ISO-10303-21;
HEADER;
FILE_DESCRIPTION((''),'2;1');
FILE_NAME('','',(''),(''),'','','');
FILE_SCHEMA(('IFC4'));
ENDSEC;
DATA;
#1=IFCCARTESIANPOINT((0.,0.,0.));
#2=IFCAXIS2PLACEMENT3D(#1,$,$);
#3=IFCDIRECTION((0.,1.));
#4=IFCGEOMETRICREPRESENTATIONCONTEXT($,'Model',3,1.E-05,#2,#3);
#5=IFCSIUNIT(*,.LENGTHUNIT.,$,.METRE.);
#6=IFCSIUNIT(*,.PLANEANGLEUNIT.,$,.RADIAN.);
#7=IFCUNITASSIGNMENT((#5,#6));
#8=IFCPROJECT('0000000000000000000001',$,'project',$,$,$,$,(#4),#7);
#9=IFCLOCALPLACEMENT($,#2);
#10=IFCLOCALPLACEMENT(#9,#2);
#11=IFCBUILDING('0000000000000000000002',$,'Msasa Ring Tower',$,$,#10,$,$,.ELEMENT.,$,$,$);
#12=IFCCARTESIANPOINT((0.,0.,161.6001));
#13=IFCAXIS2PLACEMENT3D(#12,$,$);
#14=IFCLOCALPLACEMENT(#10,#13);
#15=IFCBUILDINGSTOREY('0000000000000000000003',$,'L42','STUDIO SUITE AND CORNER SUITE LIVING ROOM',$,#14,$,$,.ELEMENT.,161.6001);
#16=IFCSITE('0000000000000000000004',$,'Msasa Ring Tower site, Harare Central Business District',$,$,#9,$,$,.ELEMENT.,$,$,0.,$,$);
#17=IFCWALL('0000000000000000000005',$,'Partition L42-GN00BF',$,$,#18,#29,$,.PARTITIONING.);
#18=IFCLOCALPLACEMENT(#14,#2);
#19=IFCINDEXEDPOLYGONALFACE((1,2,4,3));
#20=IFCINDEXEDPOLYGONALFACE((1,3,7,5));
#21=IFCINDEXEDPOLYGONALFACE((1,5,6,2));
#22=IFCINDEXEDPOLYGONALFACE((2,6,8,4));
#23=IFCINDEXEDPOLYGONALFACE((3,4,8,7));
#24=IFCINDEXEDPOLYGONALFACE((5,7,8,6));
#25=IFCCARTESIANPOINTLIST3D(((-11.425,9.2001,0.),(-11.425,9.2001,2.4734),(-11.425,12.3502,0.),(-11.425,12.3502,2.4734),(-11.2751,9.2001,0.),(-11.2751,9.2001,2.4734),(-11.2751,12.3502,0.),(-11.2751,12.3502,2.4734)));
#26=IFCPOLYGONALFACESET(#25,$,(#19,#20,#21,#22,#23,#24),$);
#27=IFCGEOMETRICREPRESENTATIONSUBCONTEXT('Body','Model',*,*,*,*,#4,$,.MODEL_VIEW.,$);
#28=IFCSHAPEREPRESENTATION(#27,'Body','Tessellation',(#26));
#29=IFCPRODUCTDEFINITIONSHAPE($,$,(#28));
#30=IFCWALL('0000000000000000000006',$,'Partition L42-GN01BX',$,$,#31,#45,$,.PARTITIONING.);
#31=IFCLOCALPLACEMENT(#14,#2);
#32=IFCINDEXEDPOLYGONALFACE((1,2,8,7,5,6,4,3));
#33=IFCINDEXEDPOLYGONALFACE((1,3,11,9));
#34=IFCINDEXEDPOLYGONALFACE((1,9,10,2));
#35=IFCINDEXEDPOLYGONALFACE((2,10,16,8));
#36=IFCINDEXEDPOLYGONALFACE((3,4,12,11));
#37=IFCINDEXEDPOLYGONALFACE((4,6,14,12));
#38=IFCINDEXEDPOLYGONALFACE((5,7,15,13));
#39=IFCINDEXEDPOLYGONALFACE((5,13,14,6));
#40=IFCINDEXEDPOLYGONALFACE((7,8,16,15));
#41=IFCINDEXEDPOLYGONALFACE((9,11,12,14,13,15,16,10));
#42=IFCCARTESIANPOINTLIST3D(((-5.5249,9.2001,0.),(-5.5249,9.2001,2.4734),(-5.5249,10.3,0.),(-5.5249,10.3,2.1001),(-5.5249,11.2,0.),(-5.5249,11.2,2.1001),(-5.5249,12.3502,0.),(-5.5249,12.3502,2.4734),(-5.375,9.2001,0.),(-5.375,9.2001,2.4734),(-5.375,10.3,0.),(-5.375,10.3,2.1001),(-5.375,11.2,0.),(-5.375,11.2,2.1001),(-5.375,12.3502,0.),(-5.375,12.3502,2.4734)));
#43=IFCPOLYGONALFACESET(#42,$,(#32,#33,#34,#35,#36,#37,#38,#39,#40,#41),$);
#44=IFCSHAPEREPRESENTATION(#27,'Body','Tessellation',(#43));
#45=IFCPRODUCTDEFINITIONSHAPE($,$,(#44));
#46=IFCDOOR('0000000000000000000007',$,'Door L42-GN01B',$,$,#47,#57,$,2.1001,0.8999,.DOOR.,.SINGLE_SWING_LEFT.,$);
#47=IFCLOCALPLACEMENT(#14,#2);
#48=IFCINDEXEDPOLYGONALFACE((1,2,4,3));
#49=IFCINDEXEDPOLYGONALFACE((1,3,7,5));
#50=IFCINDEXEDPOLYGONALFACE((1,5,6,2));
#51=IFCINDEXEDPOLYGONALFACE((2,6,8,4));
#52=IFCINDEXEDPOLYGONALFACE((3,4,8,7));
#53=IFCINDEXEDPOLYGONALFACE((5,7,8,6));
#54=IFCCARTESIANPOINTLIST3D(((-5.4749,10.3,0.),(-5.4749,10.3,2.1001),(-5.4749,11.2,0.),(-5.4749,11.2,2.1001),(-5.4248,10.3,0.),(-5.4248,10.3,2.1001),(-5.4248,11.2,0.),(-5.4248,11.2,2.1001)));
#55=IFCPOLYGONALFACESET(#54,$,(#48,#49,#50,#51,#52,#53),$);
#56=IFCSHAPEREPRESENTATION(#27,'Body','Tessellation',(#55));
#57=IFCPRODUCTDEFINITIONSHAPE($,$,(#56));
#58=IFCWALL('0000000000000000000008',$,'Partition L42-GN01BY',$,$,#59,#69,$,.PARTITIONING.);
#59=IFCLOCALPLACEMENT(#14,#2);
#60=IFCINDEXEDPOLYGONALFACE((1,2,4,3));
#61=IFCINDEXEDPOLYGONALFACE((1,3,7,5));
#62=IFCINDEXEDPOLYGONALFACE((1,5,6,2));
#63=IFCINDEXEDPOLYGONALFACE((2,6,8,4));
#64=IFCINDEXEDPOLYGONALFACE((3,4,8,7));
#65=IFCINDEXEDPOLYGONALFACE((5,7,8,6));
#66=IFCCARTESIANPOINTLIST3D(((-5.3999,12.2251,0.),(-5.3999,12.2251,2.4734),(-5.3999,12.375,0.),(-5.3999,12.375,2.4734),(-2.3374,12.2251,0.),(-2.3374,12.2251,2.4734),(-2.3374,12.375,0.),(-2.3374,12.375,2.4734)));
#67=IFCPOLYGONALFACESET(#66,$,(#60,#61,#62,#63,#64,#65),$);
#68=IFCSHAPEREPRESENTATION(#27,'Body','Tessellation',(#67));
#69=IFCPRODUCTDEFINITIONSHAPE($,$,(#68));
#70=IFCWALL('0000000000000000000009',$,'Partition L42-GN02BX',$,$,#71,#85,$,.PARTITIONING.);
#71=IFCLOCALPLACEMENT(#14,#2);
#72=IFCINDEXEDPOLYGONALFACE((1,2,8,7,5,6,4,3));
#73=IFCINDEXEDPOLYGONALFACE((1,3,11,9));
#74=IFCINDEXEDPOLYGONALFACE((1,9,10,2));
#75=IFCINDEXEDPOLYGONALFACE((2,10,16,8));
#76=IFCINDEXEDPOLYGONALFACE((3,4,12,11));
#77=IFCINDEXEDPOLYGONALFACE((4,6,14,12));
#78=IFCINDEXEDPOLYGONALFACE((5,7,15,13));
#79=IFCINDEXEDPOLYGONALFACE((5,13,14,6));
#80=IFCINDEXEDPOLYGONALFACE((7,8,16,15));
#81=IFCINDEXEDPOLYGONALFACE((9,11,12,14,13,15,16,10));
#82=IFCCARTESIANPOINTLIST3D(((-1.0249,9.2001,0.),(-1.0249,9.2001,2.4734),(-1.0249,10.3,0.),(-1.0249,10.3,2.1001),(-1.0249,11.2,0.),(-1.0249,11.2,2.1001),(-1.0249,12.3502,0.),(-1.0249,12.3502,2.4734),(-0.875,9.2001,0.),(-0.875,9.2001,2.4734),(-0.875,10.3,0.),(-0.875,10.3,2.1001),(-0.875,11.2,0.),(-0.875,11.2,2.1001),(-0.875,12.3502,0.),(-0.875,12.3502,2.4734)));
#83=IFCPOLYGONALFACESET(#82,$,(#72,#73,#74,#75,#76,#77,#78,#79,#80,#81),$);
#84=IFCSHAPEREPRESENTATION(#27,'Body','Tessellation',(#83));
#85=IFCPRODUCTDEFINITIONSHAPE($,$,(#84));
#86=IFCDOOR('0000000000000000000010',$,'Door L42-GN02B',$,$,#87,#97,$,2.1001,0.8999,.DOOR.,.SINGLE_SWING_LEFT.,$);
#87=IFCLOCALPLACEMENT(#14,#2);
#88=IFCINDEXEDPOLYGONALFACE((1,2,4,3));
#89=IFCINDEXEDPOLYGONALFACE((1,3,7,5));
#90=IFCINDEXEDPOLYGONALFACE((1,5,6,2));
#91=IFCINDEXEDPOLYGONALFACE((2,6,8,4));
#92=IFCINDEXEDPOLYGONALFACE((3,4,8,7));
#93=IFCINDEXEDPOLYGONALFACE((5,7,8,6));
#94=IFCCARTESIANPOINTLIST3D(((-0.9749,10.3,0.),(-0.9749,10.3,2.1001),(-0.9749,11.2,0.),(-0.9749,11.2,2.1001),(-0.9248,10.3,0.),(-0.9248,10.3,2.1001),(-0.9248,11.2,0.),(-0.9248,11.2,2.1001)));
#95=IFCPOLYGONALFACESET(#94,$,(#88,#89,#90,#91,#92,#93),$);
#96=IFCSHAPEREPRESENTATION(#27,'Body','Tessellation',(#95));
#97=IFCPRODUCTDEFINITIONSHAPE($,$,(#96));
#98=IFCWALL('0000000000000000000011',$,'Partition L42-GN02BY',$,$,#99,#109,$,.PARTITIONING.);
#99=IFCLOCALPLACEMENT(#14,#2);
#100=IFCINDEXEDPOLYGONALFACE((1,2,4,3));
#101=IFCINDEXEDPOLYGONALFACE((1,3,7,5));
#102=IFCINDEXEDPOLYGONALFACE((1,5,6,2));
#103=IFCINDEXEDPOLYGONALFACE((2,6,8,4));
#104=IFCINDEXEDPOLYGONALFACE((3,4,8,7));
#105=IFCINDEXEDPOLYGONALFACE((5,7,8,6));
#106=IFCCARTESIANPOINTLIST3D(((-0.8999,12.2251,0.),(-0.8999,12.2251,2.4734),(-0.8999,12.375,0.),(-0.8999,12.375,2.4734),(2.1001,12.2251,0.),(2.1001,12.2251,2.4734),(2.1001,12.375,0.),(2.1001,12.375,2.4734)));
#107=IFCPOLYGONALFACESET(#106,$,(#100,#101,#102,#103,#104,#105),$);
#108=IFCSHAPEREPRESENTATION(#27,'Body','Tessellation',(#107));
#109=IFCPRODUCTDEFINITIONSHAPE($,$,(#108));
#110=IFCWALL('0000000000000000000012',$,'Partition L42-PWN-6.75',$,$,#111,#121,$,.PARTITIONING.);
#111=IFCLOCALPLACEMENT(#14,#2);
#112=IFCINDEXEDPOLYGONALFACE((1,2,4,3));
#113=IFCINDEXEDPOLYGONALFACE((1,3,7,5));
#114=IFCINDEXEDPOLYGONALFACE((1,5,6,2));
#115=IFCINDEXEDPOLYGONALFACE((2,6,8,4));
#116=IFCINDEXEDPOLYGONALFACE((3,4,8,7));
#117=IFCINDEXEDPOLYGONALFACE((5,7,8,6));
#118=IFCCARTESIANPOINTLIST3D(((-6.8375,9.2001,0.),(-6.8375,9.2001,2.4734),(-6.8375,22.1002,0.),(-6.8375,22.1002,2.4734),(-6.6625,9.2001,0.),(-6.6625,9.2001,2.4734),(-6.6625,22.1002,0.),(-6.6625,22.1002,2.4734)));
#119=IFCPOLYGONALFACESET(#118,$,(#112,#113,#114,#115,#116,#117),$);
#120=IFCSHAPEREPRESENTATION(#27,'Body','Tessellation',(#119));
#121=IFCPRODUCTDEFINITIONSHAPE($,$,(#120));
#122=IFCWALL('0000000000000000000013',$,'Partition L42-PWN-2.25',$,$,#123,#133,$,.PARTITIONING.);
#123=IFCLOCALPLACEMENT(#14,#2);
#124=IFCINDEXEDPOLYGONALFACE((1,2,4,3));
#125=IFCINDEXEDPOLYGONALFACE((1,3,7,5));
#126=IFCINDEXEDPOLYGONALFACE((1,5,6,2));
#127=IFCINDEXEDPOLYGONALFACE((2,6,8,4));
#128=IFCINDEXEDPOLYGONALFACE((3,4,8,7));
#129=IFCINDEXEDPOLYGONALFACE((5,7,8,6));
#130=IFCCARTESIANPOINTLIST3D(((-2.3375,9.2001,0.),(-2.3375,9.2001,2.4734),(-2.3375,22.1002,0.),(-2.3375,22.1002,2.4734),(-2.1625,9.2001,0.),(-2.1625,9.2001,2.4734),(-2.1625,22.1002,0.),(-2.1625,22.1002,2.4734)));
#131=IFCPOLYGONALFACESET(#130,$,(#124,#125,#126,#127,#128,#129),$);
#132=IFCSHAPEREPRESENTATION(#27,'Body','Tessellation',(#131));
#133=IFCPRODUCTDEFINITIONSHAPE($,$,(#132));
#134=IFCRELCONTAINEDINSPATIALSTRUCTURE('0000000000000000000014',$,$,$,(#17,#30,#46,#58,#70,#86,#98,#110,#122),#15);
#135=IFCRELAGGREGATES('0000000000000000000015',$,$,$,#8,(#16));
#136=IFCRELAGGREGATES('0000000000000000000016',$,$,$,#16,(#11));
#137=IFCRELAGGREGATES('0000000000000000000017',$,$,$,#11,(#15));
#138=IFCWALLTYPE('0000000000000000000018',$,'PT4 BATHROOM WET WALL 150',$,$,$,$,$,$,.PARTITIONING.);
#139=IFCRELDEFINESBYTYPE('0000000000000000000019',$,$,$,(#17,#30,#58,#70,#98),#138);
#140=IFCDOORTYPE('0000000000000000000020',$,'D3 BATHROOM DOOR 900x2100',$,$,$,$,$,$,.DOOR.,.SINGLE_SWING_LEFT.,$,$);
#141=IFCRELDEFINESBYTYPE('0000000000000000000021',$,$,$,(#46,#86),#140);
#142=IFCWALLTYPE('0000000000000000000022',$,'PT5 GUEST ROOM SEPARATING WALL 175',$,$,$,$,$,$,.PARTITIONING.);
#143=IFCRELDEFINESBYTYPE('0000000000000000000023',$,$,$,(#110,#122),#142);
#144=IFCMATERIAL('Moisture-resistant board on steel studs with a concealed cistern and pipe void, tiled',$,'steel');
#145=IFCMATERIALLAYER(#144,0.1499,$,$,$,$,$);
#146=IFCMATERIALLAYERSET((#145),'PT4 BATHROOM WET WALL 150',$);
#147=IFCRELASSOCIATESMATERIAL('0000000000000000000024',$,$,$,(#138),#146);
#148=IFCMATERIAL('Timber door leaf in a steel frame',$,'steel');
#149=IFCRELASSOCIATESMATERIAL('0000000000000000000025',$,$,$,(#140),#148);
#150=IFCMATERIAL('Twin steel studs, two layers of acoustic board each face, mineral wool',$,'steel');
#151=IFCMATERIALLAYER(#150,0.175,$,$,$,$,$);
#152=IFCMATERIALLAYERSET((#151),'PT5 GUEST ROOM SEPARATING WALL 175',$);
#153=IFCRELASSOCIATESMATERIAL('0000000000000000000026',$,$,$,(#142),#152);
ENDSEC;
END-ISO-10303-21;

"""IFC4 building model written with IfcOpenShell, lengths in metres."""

from ifc_helpers import new_model, si_unit, direction, frame, frame_2d, origin, place, context, subcontext, project, spatial, rectangle, extrude, material, layer, layer_set, type_object, element, fill, save


model = new_model("IFC4")

# Units and contexts
model_context = context("Model", 3, precision=1e-05, world=origin(), true_north=direction((0.0, 1.0)))
body_context = subcontext(model_context, "Body", "Model", "MODEL_VIEW")
ifc_project = project(units=[si_unit("LENGTHUNIT", "METRE"), si_unit("PLANEANGLEUNIT", "RADIAN")], contexts=[model_context])

# Site, building, storey
site_placement = place(None, origin())
site = spatial("IfcSite", under=ifc_project, at=site_placement, Name="Msasa Ring Tower site, Harare Central Business District", CompositionType="ELEMENT", RefElevation=0.0)
building_placement = place(site_placement, origin())
building = spatial("IfcBuilding", under=site, at=building_placement, Name="Msasa Ring Tower", CompositionType="ELEMENT")
storey_placement = place(building_placement, frame((0.0, 0.0, 161.6001)))
storey = spatial("IfcBuildingStorey", under=building, at=storey_placement, Name="L42", Description="STUDIO SUITE AND CORNER SUITE LIVING ROOM", CompositionType="ELEMENT", Elevation=161.6001)

# Wall
ifc_material_1 = material(Name="Moisture-resistant board on steel studs with a concealed cistern and pipe void, tiled", Category="steel")
ifc_layer_1 = layer(ifc_material_1, 0.1499)
ifc_layer_set_1 = layer_set([ifc_layer_1], Name="PT4 BATHROOM WET WALL 150")
wall_type_1 = type_object("IfcWallType", Name="PT4 BATHROOM WET WALL 150", PredefinedType="PARTITIONING", material=ifc_layer_set_1)
wall_1_placement = place(storey_placement, frame((-11.3501, 9.2, 0.0), z_axis=(0.0, 0.0, 1.0), x_axis=(0.0, 1.0, 0.0)))
element("IfcWall", 1, at=wall_1_placement, inside=storey, type_object=wall_type_1, Name="Partition L42-GN00BF", PredefinedType="PARTITIONING", context=body_context, shape_type="SweptSolid", body=[
    extrude(rectangle(XDim=3.1501, YDim=0.1499, at=frame_2d((1.5752, 0.0))), origin(), (0.0, 0.0, 1.0), 2.4734),
])

# Wall, opening, door
wall_2_placement = place(storey_placement, frame((-5.45, 9.2, 0.0), z_axis=(0.0, 0.0, 1.0), x_axis=(0.0, 1.0, 0.0)))
wall_2 = element("IfcWall", 2, at=wall_2_placement, inside=storey, type_object=wall_type_1, Name="Partition L42-GN01BX", PredefinedType="PARTITIONING", context=body_context, shape_type="SweptSolid", body=[
    extrude(rectangle(XDim=3.1501, YDim=0.1499, at=frame_2d((1.5752, 0.0))), origin(), (0.0, 0.0, 1.0), 2.4734),
])
opening_1_placement = place(wall_2_placement, frame((1.1001, 0.0, 0.0)))
opening_1 = element("IfcOpeningElement", 3, at=opening_1_placement, cuts=wall_2, PredefinedType="OPENING", context=body_context, shape_type="SweptSolid", body=[
    extrude(rectangle(XDim=0.8999, YDim=2.1001, at=frame_2d((0.45, 1.05))), frame((0.0, 0.085, 0.0), z_axis=(0.0, -1.0, 0.0), x_axis=(1.0, 0.0, 0.0)), (0.0, 0.0, 1.0), 0.1699),
])
ifc_material_2 = material(Name="Timber door leaf in a steel frame", Category="steel")
door_type = type_object("IfcDoorType", Name="D3 BATHROOM DOOR 900x2100", OperationType="SINGLE_SWING_LEFT", PredefinedType="DOOR", material=ifc_material_2)
door_1_placement = place(opening_1_placement, origin())
door_1 = element("IfcDoor", 4, at=door_1_placement, inside=storey, type_object=door_type, Name="Door L42-GN01B", OperationType="SINGLE_SWING_LEFT", OverallHeight=2.1001, OverallWidth=0.8999, PredefinedType="DOOR", context=body_context, shape_type="SweptSolid", body=[
    extrude(rectangle(XDim=0.8999, YDim=2.1001, at=frame_2d((0.45, 1.05))), frame((0.0, 0.0249, 0.0), z_axis=(0.0, -1.0, 0.0), x_axis=(1.0, 0.0, 0.0)), (0.0, 0.0, 1.0), 0.05),
])
fill(opening_1, door_1)

# Wall
wall_3_placement = place(storey_placement, frame((-5.3999, 12.3, 0.0), z_axis=(0.0, 0.0, 1.0), x_axis=(1.0, 0.0, 0.0)))
element("IfcWall", 5, at=wall_3_placement, inside=storey, type_object=wall_type_1, Name="Partition L42-GN01BY", PredefinedType="PARTITIONING", context=body_context, shape_type="SweptSolid", body=[
    extrude(rectangle(XDim=3.0625, YDim=0.1499, at=frame_2d((1.5312, 0.0))), origin(), (0.0, 0.0, 1.0), 2.4734),
])

# Wall, opening, door
wall_4_placement = place(storey_placement, frame((-0.95, 9.2, 0.0), z_axis=(0.0, 0.0, 1.0), x_axis=(0.0, 1.0, 0.0)))
wall_4 = element("IfcWall", 6, at=wall_4_placement, inside=storey, type_object=wall_type_1, Name="Partition L42-GN02BX", PredefinedType="PARTITIONING", context=body_context, shape_type="SweptSolid", body=[
    extrude(rectangle(XDim=3.1501, YDim=0.1499, at=frame_2d((1.5752, 0.0))), origin(), (0.0, 0.0, 1.0), 2.4734),
])
opening_2_placement = place(wall_4_placement, frame((1.1001, 0.0, 0.0)))
opening_2 = element("IfcOpeningElement", 7, at=opening_2_placement, cuts=wall_4, PredefinedType="OPENING", context=body_context, shape_type="SweptSolid", body=[
    extrude(rectangle(XDim=0.8999, YDim=2.1001, at=frame_2d((0.45, 1.05))), frame((0.0, 0.085, 0.0), z_axis=(0.0, -1.0, 0.0), x_axis=(1.0, 0.0, 0.0)), (0.0, 0.0, 1.0), 0.1699),
])
door_2_placement = place(opening_2_placement, origin())
door_2 = element("IfcDoor", 8, at=door_2_placement, inside=storey, type_object=door_type, Name="Door L42-GN02B", OperationType="SINGLE_SWING_LEFT", OverallHeight=2.1001, OverallWidth=0.8999, PredefinedType="DOOR", context=body_context, shape_type="SweptSolid", body=[
    extrude(rectangle(XDim=0.8999, YDim=2.1001, at=frame_2d((0.45, 1.05))), frame((0.0, 0.0249, 0.0), z_axis=(0.0, -1.0, 0.0), x_axis=(1.0, 0.0, 0.0)), (0.0, 0.0, 1.0), 0.05),
])
fill(opening_2, door_2)

# Walls
wall_5_placement = place(storey_placement, frame((-0.8999, 12.3, 0.0), z_axis=(0.0, 0.0, 1.0), x_axis=(1.0, 0.0, 0.0)))
element("IfcWall", 9, at=wall_5_placement, inside=storey, type_object=wall_type_1, Name="Partition L42-GN02BY", PredefinedType="PARTITIONING", context=body_context, shape_type="SweptSolid", body=[
    extrude(rectangle(XDim=3.0, YDim=0.1499, at=frame_2d((1.5, 0.0))), origin(), (0.0, 0.0, 1.0), 2.4734),
])
ifc_material_3 = material(Name="Twin steel studs, two layers of acoustic board each face, mineral wool", Category="steel")
ifc_layer_2 = layer(ifc_material_3, 0.175)
ifc_layer_set_2 = layer_set([ifc_layer_2], Name="PT5 GUEST ROOM SEPARATING WALL 175")
wall_type_2 = type_object("IfcWallType", Name="PT5 GUEST ROOM SEPARATING WALL 175", PredefinedType="PARTITIONING", material=ifc_layer_set_2)
for number, where, z_axis, x_axis, name in (
    (10, (-6.75, 9.2, 0.0), (0.0, 0.0, 1.0), (0.0, 1.0, 0.0), "Partition L42-PWN-6.75"),
    (11, (-2.25, 9.2, 0.0), (0.0, 0.0, 1.0), (0.0, 1.0, 0.0), "Partition L42-PWN-2.25"),
):
    element("IfcWall", number, at=place(storey_placement, frame(where, z_axis=z_axis, x_axis=x_axis)), inside=storey, type_object=wall_type_2, Name=name, PredefinedType="PARTITIONING", context=body_context, shape_type="SweptSolid", body=[
        extrude(rectangle(XDim=12.9001, YDim=0.175, at=frame_2d((6.4502, 0.0))), origin(), (0.0, 0.0, 1.0), 2.4734),
    ])

save(model, "model.ifc")
